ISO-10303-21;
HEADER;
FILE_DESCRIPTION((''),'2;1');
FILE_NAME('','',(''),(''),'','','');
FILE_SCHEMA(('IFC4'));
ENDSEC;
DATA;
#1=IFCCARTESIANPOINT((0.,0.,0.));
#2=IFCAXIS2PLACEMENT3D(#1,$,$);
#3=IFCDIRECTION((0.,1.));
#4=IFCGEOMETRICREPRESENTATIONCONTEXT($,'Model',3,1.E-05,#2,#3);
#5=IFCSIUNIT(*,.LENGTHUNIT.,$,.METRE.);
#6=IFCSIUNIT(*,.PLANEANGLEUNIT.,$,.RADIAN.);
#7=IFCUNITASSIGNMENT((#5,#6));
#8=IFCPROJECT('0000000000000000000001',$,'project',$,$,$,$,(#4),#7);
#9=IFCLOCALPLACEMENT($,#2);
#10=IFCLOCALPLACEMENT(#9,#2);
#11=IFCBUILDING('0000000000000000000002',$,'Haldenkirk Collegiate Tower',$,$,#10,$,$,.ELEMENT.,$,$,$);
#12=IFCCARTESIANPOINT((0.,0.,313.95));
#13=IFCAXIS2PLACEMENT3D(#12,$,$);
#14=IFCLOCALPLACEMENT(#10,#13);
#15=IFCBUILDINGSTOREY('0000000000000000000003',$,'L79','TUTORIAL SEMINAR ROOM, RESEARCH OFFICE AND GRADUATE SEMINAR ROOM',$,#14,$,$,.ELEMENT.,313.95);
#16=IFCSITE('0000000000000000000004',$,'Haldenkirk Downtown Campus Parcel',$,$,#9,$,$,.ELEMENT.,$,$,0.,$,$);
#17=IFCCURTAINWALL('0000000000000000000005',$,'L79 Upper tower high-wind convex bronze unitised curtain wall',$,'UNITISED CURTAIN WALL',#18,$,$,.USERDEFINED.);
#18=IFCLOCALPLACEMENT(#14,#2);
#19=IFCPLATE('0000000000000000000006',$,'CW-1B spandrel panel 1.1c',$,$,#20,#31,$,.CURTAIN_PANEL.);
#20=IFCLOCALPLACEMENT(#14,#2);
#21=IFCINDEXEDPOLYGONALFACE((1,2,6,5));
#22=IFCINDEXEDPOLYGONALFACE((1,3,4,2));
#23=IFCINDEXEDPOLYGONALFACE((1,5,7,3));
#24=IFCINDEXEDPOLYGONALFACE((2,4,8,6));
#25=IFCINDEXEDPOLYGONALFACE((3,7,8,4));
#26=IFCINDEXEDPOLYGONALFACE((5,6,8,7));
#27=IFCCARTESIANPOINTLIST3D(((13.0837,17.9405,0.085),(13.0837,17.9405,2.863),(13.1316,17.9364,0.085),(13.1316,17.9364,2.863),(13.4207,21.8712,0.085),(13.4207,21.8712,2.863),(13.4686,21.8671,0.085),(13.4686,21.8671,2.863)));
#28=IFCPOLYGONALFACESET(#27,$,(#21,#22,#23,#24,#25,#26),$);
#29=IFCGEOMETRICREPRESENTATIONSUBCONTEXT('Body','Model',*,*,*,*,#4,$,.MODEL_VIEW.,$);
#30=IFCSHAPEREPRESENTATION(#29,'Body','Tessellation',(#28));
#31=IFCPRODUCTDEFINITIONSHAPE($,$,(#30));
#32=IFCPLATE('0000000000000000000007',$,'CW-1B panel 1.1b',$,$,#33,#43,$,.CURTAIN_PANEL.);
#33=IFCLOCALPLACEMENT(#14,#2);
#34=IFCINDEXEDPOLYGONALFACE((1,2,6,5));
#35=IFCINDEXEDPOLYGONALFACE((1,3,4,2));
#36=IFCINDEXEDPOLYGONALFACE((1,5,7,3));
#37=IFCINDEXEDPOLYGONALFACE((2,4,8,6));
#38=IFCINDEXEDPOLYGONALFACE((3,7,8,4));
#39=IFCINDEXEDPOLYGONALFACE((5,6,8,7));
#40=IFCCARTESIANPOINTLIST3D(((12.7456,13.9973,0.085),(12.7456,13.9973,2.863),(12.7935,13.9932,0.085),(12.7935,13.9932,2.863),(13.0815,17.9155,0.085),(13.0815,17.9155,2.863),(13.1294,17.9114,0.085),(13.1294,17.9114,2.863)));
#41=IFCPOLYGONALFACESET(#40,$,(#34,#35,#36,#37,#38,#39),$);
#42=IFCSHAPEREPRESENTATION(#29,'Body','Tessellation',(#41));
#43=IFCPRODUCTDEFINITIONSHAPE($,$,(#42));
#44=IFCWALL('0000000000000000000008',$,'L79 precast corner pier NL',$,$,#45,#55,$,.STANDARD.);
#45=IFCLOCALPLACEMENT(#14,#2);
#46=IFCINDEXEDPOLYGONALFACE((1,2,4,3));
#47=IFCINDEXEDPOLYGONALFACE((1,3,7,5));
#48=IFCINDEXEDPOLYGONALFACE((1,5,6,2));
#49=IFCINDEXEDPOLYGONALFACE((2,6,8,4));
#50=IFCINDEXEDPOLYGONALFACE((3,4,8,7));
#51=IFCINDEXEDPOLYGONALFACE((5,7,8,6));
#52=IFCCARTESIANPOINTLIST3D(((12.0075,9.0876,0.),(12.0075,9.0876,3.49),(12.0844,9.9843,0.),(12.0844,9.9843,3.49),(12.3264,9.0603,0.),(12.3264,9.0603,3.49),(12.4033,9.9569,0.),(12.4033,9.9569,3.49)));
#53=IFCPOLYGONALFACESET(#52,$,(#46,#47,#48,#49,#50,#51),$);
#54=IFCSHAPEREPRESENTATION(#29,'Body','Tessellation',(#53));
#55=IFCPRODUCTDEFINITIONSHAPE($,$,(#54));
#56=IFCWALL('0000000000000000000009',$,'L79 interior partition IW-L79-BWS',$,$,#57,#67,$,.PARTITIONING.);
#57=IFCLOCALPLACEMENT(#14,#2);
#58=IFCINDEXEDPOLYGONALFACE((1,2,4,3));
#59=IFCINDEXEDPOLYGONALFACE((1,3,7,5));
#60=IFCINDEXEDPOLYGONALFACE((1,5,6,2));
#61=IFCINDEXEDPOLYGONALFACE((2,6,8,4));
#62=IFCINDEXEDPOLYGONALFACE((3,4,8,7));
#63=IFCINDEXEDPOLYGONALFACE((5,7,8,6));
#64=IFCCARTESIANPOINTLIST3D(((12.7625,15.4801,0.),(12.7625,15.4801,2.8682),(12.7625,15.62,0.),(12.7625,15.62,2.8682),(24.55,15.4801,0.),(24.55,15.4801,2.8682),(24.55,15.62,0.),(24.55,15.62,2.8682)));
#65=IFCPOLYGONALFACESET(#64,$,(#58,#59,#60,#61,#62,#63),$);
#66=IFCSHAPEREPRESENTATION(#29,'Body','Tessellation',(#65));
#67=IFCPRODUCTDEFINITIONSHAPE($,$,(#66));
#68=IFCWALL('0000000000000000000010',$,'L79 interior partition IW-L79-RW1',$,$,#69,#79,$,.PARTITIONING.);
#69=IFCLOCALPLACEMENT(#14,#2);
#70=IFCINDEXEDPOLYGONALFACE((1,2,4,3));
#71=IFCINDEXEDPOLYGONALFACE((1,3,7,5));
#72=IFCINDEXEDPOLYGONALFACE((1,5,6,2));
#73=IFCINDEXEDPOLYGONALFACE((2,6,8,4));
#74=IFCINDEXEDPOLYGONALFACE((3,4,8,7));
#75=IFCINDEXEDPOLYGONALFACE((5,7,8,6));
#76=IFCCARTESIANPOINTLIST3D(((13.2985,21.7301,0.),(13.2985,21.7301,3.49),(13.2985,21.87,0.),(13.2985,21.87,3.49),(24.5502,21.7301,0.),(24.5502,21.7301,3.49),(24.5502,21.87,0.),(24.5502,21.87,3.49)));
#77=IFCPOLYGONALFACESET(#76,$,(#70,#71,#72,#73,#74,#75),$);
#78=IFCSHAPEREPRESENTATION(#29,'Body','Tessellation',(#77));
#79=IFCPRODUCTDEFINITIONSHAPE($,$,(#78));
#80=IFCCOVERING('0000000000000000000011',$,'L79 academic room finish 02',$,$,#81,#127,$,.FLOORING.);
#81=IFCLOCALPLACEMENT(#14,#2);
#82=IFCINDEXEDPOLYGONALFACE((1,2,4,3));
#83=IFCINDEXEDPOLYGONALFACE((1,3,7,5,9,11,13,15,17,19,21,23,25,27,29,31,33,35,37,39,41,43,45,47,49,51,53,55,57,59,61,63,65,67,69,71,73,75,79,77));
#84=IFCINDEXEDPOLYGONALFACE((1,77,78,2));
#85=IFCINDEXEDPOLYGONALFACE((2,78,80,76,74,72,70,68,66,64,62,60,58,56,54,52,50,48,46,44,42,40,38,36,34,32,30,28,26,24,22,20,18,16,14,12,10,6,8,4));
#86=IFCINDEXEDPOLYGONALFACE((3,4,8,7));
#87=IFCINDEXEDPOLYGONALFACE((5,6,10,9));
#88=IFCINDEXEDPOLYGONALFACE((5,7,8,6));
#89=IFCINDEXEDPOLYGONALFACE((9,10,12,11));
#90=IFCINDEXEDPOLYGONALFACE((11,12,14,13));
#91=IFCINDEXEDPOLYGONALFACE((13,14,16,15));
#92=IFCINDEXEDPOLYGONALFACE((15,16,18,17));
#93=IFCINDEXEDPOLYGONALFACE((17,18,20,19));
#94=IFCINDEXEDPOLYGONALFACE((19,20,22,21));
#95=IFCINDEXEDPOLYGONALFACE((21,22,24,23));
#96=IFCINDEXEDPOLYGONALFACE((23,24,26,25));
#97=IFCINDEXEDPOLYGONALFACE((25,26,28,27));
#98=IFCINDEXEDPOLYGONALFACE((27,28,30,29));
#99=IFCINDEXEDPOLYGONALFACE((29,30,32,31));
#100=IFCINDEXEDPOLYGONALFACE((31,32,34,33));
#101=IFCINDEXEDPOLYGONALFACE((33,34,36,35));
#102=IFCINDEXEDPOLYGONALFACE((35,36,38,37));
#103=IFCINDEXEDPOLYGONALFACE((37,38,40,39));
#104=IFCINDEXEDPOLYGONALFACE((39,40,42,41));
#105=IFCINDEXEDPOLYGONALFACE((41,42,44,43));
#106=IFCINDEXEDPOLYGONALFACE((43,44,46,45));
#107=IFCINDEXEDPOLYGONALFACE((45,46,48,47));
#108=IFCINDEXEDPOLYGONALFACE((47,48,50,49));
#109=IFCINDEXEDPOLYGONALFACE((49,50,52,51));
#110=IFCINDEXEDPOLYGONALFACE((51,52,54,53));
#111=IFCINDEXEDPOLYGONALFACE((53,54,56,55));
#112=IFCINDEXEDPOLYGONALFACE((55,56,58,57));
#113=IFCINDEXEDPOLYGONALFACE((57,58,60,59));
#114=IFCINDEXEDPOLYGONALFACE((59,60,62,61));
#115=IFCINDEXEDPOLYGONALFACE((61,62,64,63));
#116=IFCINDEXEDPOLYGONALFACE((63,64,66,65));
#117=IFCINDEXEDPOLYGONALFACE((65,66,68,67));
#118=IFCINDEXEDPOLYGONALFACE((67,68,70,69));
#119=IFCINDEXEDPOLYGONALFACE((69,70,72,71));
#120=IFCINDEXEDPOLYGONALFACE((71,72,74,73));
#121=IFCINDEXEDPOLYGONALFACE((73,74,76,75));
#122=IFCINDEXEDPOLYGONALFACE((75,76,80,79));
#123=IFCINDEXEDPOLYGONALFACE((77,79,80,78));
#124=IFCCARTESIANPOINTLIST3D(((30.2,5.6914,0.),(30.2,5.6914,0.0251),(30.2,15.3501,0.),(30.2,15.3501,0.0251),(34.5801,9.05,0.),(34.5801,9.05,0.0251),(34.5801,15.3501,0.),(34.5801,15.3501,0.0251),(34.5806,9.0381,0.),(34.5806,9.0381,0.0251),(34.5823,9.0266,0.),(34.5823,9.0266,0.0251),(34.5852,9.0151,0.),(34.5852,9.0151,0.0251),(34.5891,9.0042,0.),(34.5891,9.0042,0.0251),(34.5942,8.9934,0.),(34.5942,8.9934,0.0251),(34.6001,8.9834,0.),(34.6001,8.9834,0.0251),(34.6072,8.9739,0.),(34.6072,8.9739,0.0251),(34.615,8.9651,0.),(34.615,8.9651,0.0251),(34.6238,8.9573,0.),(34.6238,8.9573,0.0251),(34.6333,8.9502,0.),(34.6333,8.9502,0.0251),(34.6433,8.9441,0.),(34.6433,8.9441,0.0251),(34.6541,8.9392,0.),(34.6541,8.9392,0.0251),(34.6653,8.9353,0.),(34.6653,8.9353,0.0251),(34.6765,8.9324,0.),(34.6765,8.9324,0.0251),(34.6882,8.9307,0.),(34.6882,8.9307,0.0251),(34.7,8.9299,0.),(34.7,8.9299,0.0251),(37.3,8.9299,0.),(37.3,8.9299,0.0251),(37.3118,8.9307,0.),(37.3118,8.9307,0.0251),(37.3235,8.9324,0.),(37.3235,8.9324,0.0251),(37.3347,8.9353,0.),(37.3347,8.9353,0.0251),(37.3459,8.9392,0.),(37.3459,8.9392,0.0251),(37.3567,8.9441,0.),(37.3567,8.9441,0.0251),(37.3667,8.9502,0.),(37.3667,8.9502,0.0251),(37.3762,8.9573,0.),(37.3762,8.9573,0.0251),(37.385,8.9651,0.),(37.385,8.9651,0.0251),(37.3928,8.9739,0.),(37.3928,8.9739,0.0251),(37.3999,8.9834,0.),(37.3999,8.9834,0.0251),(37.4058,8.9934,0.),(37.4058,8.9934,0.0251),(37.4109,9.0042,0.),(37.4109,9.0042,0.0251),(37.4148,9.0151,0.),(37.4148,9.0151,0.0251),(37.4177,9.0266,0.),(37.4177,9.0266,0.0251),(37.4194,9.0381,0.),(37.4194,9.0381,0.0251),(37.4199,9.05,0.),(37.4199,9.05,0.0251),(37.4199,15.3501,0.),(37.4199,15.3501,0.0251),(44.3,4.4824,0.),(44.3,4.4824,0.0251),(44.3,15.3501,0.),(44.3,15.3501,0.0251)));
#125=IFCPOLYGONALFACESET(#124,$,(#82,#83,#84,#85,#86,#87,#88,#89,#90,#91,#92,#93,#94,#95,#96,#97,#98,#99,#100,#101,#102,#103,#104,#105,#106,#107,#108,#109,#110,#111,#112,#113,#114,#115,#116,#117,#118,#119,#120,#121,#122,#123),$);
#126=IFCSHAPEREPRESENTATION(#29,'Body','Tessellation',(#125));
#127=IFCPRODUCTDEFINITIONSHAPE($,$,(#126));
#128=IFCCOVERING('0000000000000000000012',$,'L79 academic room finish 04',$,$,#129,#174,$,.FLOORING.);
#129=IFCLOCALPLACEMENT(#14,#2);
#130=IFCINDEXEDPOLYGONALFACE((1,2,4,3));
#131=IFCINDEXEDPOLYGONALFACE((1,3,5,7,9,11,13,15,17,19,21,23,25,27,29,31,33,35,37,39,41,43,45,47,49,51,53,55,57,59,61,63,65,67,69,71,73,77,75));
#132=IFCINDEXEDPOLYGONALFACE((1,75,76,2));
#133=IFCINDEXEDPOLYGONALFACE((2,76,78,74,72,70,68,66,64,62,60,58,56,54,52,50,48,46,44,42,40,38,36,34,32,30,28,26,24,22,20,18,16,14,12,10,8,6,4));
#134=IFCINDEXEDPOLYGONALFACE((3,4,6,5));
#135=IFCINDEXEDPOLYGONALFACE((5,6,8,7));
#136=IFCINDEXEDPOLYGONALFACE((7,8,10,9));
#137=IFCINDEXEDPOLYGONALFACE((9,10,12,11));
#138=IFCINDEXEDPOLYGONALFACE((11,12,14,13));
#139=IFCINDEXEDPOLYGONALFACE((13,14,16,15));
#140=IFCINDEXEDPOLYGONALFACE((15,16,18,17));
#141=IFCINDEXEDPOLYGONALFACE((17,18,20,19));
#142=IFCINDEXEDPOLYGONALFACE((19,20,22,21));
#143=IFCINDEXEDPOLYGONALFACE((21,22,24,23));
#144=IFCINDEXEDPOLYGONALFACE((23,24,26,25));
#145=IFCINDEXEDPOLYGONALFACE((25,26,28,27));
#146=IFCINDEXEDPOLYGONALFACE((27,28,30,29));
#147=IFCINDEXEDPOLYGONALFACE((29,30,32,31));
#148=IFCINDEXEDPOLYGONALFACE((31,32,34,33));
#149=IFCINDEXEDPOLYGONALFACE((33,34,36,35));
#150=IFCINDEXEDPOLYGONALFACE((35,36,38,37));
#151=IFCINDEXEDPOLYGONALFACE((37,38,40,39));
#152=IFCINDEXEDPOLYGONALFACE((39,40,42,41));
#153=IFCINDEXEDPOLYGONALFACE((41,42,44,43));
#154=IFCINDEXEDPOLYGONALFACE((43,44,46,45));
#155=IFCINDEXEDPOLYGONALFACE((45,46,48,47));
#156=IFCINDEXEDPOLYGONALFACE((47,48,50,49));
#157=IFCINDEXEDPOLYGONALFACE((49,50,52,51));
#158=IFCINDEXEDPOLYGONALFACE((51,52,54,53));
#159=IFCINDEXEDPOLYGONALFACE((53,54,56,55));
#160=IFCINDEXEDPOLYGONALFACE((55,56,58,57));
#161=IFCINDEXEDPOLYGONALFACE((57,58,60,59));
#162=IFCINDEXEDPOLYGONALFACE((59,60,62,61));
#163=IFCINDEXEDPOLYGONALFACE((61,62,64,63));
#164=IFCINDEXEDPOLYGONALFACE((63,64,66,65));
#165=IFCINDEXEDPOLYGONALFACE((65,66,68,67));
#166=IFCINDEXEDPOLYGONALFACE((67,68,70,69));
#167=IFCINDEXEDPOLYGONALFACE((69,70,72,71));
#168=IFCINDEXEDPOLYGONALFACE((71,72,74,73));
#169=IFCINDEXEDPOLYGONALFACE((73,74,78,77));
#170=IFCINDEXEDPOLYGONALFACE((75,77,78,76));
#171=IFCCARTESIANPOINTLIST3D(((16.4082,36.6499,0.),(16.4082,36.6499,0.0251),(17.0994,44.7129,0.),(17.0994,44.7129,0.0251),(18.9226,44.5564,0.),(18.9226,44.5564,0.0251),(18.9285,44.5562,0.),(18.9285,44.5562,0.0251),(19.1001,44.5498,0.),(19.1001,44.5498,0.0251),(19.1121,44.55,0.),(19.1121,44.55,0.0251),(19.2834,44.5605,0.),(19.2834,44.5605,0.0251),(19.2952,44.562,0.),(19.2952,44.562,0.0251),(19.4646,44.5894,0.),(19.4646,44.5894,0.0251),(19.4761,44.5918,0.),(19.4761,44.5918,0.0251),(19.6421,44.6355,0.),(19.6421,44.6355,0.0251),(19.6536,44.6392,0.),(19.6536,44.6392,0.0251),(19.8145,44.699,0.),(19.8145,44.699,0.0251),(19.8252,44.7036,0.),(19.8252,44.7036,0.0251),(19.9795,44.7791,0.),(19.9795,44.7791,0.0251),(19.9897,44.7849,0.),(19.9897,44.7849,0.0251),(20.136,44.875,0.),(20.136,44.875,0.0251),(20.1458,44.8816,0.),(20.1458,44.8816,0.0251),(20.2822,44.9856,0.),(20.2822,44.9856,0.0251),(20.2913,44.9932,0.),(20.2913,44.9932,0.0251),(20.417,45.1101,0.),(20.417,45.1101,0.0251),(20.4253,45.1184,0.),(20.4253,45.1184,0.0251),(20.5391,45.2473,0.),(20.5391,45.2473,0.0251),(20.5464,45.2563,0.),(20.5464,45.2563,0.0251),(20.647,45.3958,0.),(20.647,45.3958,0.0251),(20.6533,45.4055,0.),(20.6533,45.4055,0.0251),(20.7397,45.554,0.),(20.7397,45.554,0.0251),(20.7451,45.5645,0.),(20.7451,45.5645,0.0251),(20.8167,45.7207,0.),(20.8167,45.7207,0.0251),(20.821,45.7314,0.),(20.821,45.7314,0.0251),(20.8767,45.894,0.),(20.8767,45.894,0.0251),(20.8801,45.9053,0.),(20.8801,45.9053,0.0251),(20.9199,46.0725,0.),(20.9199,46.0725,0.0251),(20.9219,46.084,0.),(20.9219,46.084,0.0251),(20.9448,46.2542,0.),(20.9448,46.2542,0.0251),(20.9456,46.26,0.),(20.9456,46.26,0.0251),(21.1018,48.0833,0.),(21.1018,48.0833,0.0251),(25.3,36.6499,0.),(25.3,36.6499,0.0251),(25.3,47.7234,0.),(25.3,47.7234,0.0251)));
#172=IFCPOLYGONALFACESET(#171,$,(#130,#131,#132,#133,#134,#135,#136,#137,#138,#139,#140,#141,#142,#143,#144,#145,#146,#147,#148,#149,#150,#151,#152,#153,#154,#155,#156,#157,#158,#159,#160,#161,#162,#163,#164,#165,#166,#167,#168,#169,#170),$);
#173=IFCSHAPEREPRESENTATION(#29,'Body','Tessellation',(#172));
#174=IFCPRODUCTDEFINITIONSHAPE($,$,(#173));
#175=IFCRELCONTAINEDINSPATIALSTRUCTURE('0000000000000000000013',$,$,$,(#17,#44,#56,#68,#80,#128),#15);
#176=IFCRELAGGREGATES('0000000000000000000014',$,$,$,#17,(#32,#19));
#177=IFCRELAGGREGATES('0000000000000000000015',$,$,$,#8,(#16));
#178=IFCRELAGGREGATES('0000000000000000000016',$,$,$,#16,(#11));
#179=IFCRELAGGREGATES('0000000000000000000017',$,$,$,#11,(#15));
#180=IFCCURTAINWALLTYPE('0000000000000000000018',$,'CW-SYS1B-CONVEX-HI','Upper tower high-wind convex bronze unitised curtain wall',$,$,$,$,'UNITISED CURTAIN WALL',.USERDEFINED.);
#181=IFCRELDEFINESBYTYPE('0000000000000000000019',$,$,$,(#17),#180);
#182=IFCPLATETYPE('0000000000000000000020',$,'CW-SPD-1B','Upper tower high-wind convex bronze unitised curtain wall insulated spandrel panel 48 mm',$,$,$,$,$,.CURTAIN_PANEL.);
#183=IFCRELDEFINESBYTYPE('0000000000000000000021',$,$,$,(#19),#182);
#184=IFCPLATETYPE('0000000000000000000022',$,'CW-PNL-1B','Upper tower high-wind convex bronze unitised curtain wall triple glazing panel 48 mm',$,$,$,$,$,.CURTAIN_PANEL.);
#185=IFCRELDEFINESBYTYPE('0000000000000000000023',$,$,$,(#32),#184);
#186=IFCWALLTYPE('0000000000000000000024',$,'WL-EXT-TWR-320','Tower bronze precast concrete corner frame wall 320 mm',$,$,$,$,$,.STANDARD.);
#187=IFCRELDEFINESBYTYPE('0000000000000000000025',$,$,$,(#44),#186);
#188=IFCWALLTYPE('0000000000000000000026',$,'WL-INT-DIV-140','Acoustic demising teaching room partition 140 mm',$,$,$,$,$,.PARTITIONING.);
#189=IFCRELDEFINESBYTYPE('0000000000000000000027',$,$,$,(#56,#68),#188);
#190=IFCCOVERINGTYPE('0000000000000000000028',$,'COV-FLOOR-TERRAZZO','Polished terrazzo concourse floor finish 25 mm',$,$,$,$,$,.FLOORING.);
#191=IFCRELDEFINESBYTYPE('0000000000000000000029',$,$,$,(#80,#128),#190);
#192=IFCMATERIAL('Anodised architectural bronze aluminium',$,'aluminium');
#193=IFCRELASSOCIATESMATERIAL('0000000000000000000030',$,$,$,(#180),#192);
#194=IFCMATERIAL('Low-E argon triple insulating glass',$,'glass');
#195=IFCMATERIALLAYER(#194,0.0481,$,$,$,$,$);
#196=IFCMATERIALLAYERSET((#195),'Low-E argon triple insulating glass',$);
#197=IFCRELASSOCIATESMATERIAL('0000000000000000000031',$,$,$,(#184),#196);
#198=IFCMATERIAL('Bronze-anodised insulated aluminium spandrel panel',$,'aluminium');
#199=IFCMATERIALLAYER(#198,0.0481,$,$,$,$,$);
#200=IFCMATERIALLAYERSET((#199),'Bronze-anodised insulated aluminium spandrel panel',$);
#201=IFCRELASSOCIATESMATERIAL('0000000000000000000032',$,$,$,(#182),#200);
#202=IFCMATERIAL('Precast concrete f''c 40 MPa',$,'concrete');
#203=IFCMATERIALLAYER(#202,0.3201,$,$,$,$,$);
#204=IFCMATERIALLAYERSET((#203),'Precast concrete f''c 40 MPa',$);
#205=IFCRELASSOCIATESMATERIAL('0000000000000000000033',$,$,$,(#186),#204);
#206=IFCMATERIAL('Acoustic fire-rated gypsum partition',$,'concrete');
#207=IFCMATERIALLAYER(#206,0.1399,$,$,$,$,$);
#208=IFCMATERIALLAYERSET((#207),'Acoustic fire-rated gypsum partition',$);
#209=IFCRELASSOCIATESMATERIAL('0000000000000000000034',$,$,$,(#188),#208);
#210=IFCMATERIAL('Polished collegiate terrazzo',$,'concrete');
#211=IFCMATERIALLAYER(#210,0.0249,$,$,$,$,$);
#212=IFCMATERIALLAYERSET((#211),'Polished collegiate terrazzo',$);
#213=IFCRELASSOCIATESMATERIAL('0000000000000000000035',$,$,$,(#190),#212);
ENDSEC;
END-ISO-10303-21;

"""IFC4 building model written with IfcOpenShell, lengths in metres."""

from ifc_helpers import new_model, si_unit, direction, frame, frame_2d, origin, origin_2d, place, context, subcontext, project, spatial, polyline, rectangle, outline, extrude, source, transform, mapped, material, layer, layer_set, type_object, element, aggregate, save


model = new_model("IFC4")

# Units and contexts
model_context = context("Model", 3, precision=1e-05, world=origin(), true_north=direction((0.0, 1.0)))
body_context = subcontext(model_context, "Body", "Model", "MODEL_VIEW")
ifc_project = project(units=[si_unit("LENGTHUNIT", "METRE"), si_unit("PLANEANGLEUNIT", "RADIAN")], contexts=[model_context])

# Site, building, storey
site_placement = place(None, origin())
site = spatial("IfcSite", under=ifc_project, at=site_placement, Name="Haldenkirk Downtown Campus Parcel", CompositionType="ELEMENT", RefElevation=0.0)
building_placement = place(site_placement, origin())
building = spatial("IfcBuilding", under=site, at=building_placement, Name="Haldenkirk Collegiate Tower", CompositionType="ELEMENT")
storey_placement = place(building_placement, frame((0.0, 0.0, 313.95)))
storey = spatial("IfcBuildingStorey", under=building, at=storey_placement, Name="L79", Description="TUTORIAL SEMINAR ROOM, RESEARCH OFFICE AND GRADUATE SEMINAR ROOM", CompositionType="ELEMENT", Elevation=313.95)

# Curtain wall
ifc_material_1 = material(Name="Anodised architectural bronze aluminium", Category="aluminium")
curtain_wall_type = type_object("IfcCurtainWallType", Name="CW-SYS1B-CONVEX-HI", Description="Upper tower high-wind convex bronze unitised curtain wall", ElementType="UNITISED CURTAIN WALL", PredefinedType="USERDEFINED", material=ifc_material_1)
curtain_wall_placement = place(storey_placement, origin())
curtain_wall = element("IfcCurtainWall", 1, at=curtain_wall_placement, inside=storey, type_object=curtain_wall_type, Name="L79 Upper tower high-wind convex bronze unitised curtain wall", ObjectType="UNITISED CURTAIN WALL", PredefinedType="USERDEFINED")

# Plates
ifc_material_2 = material(Name="Low-E argon triple insulating glass", Category="glass")
ifc_layer_1 = layer(ifc_material_2, 0.0481)
ifc_layer_set_1 = layer_set([ifc_layer_1], Name="Low-E argon triple insulating glass")
plate_type_1 = type_object("IfcPlateType", Name="CW-PNL-1B", Description="Upper tower high-wind convex bronze unitised curtain wall triple glazing panel 48 mm", PredefinedType="CURTAIN_PANEL", material=ifc_layer_set_1)
shared_shape_1 = source(origin(), body_context, "Body", "SweptSolid", [
    extrude(rectangle(XDim=3.9451, YDim=0.0481, at=origin_2d()), origin(), (0.0, 0.0, 1.0), 2.7781),
])
ifc_material_3 = material(Name="Bronze-anodised insulated aluminium spandrel panel", Category="aluminium")
ifc_layer_2 = layer(ifc_material_3, 0.0481)
ifc_layer_set_2 = layer_set([ifc_layer_2], Name="Bronze-anodised insulated aluminium spandrel panel")
plate_type_2 = type_object("IfcPlateType", Name="CW-SPD-1B", Description="Upper tower high-wind convex bronze unitised curtain wall insulated spandrel panel 48 mm", PredefinedType="CURTAIN_PANEL", material=ifc_layer_set_2)
plate_1_placement = place(storey_placement, frame((13.2761, 19.9038, 0.085), z_axis=(0.0, 0.0, 1.0), x_axis=(0.085417, 0.996345, 0.0)))
plate_1 = element("IfcPlate", 2, at=plate_1_placement, type_object=plate_type_2, Name="CW-1B spandrel panel 1.1c", PredefinedType="CURTAIN_PANEL", context=body_context, shape_type="MappedRepresentation", body=[
    mapped(shared_shape_1, transform((0.0, 0.0, 0.0), x_axis=(1.0, 0.0, 0.0), y_axis=(0.0, 1.0, 0.0), z_axis=(0.0, 0.0, 1.0), scale=1.0)),
])
shared_shape_2 = source(origin(), body_context, "Body", "SweptSolid", [
    extrude(rectangle(XDim=3.9326, YDim=0.0481, at=origin_2d()), origin(), (0.0, 0.0, 1.0), 2.7781),
])
plate_2_placement = place(storey_placement, frame((12.9375, 15.9543, 0.085), z_axis=(0.0, 0.0, 1.0), x_axis=(0.085417, 0.996345, 0.0)))
plate_2 = element("IfcPlate", 3, at=plate_2_placement, type_object=plate_type_1, Name="CW-1B panel 1.1b", PredefinedType="CURTAIN_PANEL", context=body_context, shape_type="MappedRepresentation", body=[
    mapped(shared_shape_2, transform((0.0, 0.0, 0.0), x_axis=(1.0, 0.0, 0.0), y_axis=(0.0, 1.0, 0.0), z_axis=(0.0, 0.0, 1.0), scale=1.0)),
])
aggregate(curtain_wall, [plate_2, plate_1])

# Walls
ifc_material_4 = material(Name="Precast concrete f'c 40 MPa", Category="concrete")
ifc_layer_3 = layer(ifc_material_4, 0.3201)
ifc_layer_set_3 = layer_set([ifc_layer_3], Name="Precast concrete f'c 40 MPa")
wall_type_1 = type_object("IfcWallType", Name="WL-EXT-TWR-320", Description="Tower bronze precast concrete corner frame wall 320 mm", PredefinedType="STANDARD", material=ifc_layer_set_3)
wall_1_placement = place(storey_placement, frame((12.167, 9.074, 0.0), z_axis=(0.0, 0.0, 1.0), x_axis=(0.085447, 0.996343, 0.0)))
element("IfcWall", 4, at=wall_1_placement, inside=storey, type_object=wall_type_1, Name="L79 precast corner pier NL", PredefinedType="STANDARD", context=body_context, shape_type="SweptSolid", body=[
    extrude(rectangle(XDim=0.8999, YDim=0.3201, at=frame_2d((0.45, 0.0))), origin(), (0.0, 0.0, 1.0), 3.49),
])
ifc_material_5 = material(Name="Acoustic fire-rated gypsum partition", Category="concrete")
ifc_layer_4 = layer(ifc_material_5, 0.1399)
ifc_layer_set_4 = layer_set([ifc_layer_4], Name="Acoustic fire-rated gypsum partition")
wall_type_2 = type_object("IfcWallType", Name="WL-INT-DIV-140", Description="Acoustic demising teaching room partition 140 mm", PredefinedType="PARTITIONING", material=ifc_layer_set_4)
wall_2_placement = place(storey_placement, frame((12.7625, 15.55, 0.0), z_axis=(0.0, 0.0, 1.0), x_axis=(1.0, 0.0, 0.0)))
element("IfcWall", 5, at=wall_2_placement, inside=storey, type_object=wall_type_2, Name="L79 interior partition IW-L79-BWS", PredefinedType="PARTITIONING", context=body_context, shape_type="SweptSolid", body=[
    extrude(rectangle(XDim=11.7876, YDim=0.1399, at=frame_2d((5.8938, 0.0))), origin(), (0.0, 0.0, 1.0), 2.8682),
])
wall_3_placement = place(storey_placement, frame((13.2983, 21.8, 0.0), z_axis=(0.0, 0.0, 1.0), x_axis=(1.0, 0.0, 0.0)))
element("IfcWall", 6, at=wall_3_placement, inside=storey, type_object=wall_type_2, Name="L79 interior partition IW-L79-RW1", PredefinedType="PARTITIONING", context=body_context, shape_type="SweptSolid", body=[
    extrude(rectangle(XDim=11.2517, YDim=0.1399, at=frame_2d((5.626, 0.0))), origin(), (0.0, 0.0, 1.0), 3.49),
])

# Coverings
ifc_material_6 = material(Name="Polished collegiate terrazzo", Category="concrete")
ifc_layer_5 = layer(ifc_material_6, 0.0249)
ifc_layer_set_5 = layer_set([ifc_layer_5], Name="Polished collegiate terrazzo")
covering_type_1 = type_object("IfcCoveringType", Name="COV-FLOOR-TERRAZZO", Description="Polished terrazzo concourse floor finish 25 mm", PredefinedType="FLOORING", material=ifc_layer_set_5)
covering_1_placement = place(storey_placement, origin())
element("IfcCovering", 7, at=covering_1_placement, inside=storey, type_object=covering_type_1, Name="L79 academic room finish 02", PredefinedType="FLOORING", context=body_context, shape_type="SweptSolid", body=[
    extrude(outline(polyline([(30.2, 5.6914), (30.2, 15.3501), (34.5801, 15.3501), (34.5801, 9.05), (34.5806, 9.0381), (34.5823, 9.0266), (34.5852, 9.0151), (34.5891, 9.0042), (34.5942, 8.9934), (34.6001, 8.9834), (34.6072, 8.9739), (34.615, 8.9651), (34.6238, 8.9573), (34.6333, 8.9502), (34.6433, 8.9441), (34.6541, 8.9392), (34.6653, 8.9353), (34.6765, 8.9324), (34.6882, 8.9307), (34.7, 8.9299), (37.3, 8.9299), (37.3118, 8.9307), (37.3235, 8.9324), (37.3347, 8.9353), (37.3459, 8.9392), (37.3567, 8.9441), (37.3667, 8.9502), (37.3762, 8.9573), (37.385, 8.9651), (37.3928, 8.9739), (37.3999, 8.9834), (37.4058, 8.9934), (37.4109, 9.0042), (37.4148, 9.0151), (37.4177, 9.0266), (37.4194, 9.0381), (37.4199, 9.05), (37.4199, 15.3501), (44.3, 15.3501), (44.3, 4.4824), (30.2, 5.6914)])), origin(), (0.0, 0.0, 1.0), 0.0251),
])
covering_2_placement = place(storey_placement, origin())
element("IfcCovering", 8, at=covering_2_placement, inside=storey, type_object=covering_type_1, Name="L79 academic room finish 04", PredefinedType="FLOORING", context=body_context, shape_type="SweptSolid", body=[
    extrude(outline(polyline([(18.9226, 44.5564), (18.9285, 44.5562), (19.1001, 44.5498), (19.1121, 44.55), (19.2834, 44.5605), (19.2952, 44.562), (19.4646, 44.5894), (19.4761, 44.5918), (19.6421, 44.6355), (19.6536, 44.6392), (19.8145, 44.699), (19.8252, 44.7036), (19.9795, 44.7791), (19.9897, 44.7849), (20.136, 44.875), (20.1458, 44.8816), (20.2822, 44.9856), (20.2913, 44.9932), (20.417, 45.1101), (20.4253, 45.1184), (20.5391, 45.2473), (20.5464, 45.2563), (20.647, 45.3958), (20.6533, 45.4055), (20.7397, 45.554), (20.7451, 45.5645), (20.8167, 45.7207), (20.821, 45.7314), (20.8767, 45.894), (20.8801, 45.9053), (20.9199, 46.0725), (20.9219, 46.084), (20.9448, 46.2542), (20.9456, 46.26), (21.1018, 48.0833), (25.3, 47.7234), (25.3, 36.6499), (16.4082, 36.6499), (17.0994, 44.7129), (18.9226, 44.5564)])), origin(), (0.0, 0.0, 1.0), 0.0251),
])

save(model, "model.ifc")
